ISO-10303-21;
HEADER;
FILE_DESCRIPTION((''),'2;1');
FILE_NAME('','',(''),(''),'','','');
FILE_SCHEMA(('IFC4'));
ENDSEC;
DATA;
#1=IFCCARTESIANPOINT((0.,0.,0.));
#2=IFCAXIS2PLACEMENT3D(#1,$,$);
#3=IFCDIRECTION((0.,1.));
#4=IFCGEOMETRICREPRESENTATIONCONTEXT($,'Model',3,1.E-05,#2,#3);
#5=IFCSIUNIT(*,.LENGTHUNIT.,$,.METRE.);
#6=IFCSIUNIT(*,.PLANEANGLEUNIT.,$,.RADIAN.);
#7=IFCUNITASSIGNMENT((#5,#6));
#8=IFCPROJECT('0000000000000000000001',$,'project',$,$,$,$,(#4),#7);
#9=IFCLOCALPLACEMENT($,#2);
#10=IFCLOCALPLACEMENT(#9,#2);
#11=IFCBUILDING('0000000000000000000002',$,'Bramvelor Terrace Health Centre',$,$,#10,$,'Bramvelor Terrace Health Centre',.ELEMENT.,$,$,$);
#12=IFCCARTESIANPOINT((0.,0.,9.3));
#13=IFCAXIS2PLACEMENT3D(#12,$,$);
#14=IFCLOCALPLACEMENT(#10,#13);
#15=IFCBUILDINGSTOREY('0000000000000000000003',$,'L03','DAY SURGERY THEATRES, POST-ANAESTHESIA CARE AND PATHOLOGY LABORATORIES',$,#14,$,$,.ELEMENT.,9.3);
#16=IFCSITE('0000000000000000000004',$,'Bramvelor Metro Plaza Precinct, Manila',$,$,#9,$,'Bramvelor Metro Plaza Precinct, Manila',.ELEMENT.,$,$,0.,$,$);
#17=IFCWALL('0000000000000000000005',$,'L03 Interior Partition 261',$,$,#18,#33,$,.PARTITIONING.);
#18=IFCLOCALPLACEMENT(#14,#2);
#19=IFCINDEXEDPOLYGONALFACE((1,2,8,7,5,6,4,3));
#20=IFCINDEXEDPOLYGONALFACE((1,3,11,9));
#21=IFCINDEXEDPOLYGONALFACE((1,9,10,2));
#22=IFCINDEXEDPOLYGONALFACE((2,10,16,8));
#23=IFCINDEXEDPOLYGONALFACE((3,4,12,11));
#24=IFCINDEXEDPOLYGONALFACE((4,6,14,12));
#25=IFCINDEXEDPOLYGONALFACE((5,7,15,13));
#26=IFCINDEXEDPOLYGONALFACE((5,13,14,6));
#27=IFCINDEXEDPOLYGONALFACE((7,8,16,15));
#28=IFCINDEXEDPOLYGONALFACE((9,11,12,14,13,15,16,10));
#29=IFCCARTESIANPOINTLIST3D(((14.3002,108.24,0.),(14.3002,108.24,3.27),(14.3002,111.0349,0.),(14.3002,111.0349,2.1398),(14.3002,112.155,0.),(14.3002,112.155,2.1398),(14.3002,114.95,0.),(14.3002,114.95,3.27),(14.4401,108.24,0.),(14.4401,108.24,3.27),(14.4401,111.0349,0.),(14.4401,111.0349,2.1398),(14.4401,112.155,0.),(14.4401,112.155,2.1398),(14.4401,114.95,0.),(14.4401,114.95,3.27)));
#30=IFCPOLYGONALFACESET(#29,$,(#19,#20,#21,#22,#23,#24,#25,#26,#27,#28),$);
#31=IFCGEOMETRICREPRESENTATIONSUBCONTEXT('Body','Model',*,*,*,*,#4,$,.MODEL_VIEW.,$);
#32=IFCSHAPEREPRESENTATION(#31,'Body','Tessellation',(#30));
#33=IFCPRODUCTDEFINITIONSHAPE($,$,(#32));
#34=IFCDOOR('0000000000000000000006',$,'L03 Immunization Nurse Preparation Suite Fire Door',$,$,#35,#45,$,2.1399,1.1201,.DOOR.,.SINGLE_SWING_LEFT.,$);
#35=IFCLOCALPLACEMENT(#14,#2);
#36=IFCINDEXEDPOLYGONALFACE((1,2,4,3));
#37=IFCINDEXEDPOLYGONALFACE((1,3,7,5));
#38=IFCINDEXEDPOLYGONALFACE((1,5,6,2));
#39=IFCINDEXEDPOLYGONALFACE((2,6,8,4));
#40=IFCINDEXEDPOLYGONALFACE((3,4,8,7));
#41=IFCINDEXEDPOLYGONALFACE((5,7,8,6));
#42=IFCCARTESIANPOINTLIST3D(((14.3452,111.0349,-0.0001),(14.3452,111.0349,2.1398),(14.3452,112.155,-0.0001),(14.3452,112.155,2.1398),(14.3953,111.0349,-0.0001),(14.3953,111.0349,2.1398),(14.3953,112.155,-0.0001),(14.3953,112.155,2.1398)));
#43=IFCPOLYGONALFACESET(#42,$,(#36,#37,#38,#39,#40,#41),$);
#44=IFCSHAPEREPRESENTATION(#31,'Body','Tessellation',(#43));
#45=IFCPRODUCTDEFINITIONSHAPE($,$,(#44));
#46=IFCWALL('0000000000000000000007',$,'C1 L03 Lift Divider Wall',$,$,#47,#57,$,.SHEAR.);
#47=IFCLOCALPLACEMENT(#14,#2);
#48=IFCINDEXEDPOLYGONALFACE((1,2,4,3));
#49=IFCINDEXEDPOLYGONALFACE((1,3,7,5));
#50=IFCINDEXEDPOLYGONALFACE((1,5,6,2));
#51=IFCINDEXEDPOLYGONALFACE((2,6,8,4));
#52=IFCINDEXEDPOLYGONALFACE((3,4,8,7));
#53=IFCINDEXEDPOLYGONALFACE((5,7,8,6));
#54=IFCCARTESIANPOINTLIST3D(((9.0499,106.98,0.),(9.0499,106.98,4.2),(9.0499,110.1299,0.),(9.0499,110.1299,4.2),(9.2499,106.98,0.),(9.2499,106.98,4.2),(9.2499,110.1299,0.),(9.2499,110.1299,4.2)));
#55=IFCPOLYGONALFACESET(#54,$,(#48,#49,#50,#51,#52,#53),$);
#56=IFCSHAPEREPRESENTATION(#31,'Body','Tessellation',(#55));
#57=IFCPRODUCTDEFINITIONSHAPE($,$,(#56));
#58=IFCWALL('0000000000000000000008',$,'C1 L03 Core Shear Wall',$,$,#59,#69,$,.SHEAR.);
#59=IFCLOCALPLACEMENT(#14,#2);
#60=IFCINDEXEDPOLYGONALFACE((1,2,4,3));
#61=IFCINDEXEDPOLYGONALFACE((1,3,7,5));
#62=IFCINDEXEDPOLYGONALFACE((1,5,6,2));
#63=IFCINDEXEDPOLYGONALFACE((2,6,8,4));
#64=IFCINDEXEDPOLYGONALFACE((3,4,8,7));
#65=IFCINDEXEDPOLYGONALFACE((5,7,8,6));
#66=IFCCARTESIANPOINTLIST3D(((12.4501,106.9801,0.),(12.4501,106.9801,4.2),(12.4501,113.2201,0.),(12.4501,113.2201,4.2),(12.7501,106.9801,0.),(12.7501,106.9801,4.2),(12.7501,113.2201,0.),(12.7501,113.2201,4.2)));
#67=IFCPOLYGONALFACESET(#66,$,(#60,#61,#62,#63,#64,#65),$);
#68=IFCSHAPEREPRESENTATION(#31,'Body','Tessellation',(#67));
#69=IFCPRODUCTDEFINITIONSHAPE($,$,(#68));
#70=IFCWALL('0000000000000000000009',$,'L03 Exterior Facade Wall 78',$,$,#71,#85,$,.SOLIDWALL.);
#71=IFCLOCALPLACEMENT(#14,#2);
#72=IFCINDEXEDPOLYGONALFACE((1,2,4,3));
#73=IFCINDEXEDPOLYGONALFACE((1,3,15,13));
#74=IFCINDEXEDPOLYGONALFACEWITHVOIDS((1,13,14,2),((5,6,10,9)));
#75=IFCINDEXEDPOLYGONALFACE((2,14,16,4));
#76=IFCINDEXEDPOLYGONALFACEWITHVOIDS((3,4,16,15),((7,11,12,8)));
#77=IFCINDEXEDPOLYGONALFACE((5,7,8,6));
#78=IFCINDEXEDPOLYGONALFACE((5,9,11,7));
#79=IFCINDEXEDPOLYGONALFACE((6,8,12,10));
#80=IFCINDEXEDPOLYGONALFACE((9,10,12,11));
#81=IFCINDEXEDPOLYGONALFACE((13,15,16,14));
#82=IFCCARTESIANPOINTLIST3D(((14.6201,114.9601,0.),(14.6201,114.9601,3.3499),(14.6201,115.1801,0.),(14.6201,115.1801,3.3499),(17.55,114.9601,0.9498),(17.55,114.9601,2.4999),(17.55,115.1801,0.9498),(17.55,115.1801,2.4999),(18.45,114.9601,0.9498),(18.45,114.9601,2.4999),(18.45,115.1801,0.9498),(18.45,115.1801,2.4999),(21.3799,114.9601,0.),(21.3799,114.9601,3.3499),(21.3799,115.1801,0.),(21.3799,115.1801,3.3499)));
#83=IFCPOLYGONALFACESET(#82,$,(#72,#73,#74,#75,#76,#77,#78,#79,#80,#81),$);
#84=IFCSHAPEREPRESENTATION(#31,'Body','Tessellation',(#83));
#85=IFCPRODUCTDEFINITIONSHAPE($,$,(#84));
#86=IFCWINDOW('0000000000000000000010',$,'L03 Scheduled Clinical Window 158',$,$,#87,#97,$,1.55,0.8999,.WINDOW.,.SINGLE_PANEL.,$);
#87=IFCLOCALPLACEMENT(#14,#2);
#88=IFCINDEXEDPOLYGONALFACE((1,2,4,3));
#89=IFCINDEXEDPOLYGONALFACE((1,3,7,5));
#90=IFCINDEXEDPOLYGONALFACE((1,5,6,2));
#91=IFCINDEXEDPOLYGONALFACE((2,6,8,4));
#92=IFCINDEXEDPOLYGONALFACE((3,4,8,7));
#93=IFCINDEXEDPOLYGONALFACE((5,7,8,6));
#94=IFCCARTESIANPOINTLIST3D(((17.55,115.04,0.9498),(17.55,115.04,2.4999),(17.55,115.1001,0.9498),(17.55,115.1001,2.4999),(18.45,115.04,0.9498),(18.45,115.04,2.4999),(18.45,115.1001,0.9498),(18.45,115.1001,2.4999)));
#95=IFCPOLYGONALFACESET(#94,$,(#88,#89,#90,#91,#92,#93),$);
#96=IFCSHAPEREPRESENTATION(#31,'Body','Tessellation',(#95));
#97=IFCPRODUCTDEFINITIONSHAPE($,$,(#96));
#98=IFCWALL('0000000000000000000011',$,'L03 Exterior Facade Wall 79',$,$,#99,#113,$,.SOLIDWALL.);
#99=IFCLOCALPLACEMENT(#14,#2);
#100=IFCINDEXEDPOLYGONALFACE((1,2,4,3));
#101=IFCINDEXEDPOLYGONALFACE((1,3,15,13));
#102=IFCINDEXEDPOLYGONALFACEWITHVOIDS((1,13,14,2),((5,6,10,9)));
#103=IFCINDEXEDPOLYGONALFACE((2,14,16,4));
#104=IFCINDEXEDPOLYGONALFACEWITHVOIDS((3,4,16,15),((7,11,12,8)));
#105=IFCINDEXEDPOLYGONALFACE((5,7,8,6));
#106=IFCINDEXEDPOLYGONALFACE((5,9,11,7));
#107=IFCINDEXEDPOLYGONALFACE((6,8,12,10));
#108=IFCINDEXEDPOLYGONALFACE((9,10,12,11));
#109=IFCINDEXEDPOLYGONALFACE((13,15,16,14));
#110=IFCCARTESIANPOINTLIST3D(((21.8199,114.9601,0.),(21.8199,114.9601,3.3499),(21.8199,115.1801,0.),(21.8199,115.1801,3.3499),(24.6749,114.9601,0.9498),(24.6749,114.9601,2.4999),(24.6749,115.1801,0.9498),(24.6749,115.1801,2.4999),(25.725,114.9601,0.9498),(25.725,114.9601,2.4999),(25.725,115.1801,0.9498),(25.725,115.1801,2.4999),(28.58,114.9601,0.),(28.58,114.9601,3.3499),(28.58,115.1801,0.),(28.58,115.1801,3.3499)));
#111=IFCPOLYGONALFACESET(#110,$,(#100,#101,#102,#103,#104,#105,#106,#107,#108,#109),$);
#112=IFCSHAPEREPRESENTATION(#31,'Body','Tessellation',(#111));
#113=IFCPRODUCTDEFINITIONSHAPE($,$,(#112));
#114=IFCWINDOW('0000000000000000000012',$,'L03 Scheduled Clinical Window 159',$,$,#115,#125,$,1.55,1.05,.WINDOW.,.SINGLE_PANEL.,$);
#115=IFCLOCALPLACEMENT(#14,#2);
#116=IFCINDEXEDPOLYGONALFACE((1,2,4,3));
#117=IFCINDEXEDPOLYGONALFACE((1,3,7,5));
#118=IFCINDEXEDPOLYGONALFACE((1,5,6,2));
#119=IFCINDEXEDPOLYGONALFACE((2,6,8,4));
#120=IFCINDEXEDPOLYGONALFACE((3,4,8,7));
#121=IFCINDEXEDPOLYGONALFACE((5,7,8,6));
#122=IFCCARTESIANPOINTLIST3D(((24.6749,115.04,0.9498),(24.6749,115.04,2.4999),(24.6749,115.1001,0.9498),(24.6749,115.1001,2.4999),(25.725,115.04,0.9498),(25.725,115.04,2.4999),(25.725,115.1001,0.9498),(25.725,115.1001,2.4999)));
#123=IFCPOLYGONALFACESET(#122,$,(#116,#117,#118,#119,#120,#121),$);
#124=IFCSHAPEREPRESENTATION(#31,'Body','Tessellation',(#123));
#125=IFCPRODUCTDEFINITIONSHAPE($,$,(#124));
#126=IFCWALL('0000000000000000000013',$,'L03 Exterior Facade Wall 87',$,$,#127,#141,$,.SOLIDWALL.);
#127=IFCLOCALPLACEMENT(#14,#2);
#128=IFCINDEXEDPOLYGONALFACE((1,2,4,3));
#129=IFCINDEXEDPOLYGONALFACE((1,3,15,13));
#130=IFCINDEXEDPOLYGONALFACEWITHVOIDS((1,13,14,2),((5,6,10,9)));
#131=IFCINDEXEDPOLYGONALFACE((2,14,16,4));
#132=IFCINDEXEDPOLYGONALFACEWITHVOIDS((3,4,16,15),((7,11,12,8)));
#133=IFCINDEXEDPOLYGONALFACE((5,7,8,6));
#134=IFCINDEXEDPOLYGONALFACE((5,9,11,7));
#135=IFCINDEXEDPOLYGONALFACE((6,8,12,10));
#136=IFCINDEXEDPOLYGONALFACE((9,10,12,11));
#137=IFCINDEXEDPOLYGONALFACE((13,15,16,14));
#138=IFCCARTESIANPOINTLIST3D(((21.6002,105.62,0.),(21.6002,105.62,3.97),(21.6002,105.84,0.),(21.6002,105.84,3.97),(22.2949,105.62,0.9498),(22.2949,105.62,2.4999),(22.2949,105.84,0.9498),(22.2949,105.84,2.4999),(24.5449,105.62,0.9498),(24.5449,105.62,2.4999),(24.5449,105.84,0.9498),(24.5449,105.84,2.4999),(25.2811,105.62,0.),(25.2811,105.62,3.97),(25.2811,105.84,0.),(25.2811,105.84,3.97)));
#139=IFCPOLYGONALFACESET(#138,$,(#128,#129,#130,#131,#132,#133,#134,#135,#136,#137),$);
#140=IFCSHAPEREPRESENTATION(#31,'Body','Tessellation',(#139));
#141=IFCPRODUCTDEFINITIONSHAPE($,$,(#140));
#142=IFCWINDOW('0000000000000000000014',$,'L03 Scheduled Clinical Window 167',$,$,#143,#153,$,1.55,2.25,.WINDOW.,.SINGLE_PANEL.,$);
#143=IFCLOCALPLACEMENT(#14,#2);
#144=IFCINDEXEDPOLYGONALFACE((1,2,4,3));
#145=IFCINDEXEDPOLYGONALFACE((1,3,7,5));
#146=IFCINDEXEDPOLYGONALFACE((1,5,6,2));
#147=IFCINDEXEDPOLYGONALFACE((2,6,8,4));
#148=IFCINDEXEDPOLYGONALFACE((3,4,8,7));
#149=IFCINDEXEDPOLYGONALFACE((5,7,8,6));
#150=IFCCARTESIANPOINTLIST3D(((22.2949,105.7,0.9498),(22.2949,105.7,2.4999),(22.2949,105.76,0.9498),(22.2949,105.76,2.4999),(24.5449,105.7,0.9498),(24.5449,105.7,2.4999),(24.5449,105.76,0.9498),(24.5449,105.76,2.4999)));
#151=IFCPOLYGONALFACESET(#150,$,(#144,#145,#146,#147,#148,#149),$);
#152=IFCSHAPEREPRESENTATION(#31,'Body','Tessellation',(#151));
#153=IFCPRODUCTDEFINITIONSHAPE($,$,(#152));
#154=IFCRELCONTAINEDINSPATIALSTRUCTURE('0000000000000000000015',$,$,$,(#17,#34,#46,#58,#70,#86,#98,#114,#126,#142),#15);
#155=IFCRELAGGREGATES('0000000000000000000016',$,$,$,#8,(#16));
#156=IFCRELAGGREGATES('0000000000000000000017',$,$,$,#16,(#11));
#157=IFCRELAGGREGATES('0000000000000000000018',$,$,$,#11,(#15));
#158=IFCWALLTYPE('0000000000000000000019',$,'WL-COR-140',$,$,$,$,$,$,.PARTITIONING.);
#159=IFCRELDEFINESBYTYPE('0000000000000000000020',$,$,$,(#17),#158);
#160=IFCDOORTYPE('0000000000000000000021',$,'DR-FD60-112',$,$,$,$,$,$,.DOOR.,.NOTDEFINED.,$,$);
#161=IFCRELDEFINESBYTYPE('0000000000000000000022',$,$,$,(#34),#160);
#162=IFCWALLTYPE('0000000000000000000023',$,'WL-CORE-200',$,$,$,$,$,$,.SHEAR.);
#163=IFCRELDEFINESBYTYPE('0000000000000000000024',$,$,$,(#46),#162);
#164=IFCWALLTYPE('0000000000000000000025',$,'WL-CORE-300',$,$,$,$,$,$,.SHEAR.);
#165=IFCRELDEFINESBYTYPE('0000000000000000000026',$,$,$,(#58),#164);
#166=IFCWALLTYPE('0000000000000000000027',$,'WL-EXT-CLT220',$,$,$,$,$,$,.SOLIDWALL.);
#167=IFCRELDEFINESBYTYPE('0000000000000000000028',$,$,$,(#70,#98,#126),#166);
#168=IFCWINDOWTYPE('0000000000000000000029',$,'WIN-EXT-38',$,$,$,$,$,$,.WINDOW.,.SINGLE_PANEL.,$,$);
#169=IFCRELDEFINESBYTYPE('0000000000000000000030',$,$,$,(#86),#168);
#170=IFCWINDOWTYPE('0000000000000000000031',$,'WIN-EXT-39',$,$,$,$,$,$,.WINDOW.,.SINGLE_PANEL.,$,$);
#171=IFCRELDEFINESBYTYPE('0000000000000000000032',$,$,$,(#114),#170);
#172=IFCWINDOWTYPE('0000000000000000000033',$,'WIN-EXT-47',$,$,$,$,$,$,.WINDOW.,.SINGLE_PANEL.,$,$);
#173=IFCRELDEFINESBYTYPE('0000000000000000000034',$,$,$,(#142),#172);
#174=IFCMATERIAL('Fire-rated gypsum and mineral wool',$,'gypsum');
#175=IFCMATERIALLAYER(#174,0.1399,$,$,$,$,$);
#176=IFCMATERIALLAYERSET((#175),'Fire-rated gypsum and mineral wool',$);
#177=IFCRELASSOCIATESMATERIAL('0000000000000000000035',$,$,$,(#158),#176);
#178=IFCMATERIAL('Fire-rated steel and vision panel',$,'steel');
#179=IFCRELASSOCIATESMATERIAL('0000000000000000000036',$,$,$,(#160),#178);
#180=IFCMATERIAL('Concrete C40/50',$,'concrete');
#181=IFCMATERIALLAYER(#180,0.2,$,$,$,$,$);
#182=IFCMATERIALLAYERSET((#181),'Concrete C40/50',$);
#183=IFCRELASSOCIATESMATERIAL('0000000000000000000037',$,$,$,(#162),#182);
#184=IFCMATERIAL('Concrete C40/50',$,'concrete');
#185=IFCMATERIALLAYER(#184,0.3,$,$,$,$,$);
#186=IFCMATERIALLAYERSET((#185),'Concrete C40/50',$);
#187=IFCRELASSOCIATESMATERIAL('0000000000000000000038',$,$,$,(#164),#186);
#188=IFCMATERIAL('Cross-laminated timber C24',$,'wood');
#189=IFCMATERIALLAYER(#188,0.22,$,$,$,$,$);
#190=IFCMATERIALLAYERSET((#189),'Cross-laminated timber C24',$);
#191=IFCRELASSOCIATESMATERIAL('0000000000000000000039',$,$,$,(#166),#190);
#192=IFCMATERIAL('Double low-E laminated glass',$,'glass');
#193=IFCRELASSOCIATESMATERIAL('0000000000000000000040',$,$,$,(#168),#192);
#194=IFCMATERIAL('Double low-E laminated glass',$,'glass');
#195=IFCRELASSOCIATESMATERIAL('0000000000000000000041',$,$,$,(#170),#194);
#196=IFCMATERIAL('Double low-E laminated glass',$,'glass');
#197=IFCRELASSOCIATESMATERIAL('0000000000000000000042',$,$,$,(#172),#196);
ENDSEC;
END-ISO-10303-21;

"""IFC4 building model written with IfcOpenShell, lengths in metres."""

from ifc_helpers import new_model, si_unit, direction, frame, frame_2d, origin, place, context, subcontext, project, spatial, rectangle, extrude, material, layer, layer_set, type_object, element, fill, save


model = new_model("IFC4")

# Units and contexts
model_context = context("Model", 3, precision=1e-05, world=origin(), true_north=direction((0.0, 1.0)))
body_context = subcontext(model_context, "Body", "Model", "MODEL_VIEW")
ifc_project = project(units=[si_unit("LENGTHUNIT", "METRE"), si_unit("PLANEANGLEUNIT", "RADIAN")], contexts=[model_context])

# Site, building, storey
site_placement = place(None, origin())
site = spatial("IfcSite", under=ifc_project, at=site_placement, Name="Bramvelor Metro Plaza Precinct, Manila", LongName="Bramvelor Metro Plaza Precinct, Manila", CompositionType="ELEMENT", RefElevation=0.0)
building_placement = place(site_placement, origin())
building = spatial("IfcBuilding", under=site, at=building_placement, Name="Bramvelor Terrace Health Centre", LongName="Bramvelor Terrace Health Centre", CompositionType="ELEMENT")
storey_placement = place(building_placement, frame((0.0, 0.0, 9.3)))
storey = spatial("IfcBuildingStorey", under=building, at=storey_placement, Name="L03", Description="DAY SURGERY THEATRES, POST-ANAESTHESIA CARE AND PATHOLOGY LABORATORIES", CompositionType="ELEMENT", Elevation=9.3)

# Shared definitions
ifc_material_1 = material(Name="Fire-rated gypsum and mineral wool", Category="gypsum")
ifc_layer_1 = layer(ifc_material_1, 0.1399)
ifc_layer_set_1 = layer_set([ifc_layer_1], Name="Fire-rated gypsum and mineral wool")
wall_type_1 = type_object("IfcWallType", Name="WL-COR-140", PredefinedType="PARTITIONING", material=ifc_layer_set_1)

# Wall, opening, door
wall_1_placement = place(storey_placement, frame((14.3701, 108.24, 0.0), z_axis=(0.0, 0.0, 1.0), x_axis=(0.0, 1.0, 0.0)))
wall_1 = element("IfcWall", 1, at=wall_1_placement, inside=storey, type_object=wall_type_1, Name="L03 Interior Partition 261", PredefinedType="PARTITIONING", context=body_context, shape_type="SweptSolid", body=[
    extrude(rectangle(XDim=6.71, YDim=0.1399, at=frame_2d((3.355, 0.0))), origin(), (0.0, 0.0, 1.0), 3.27),
])
opening_1_placement = place(wall_1_placement, frame((2.7949, 0.0, 0.0)))
opening_1 = element("IfcOpeningElement", 2, at=opening_1_placement, cuts=wall_1, PredefinedType="OPENING", context=body_context, shape_type="SweptSolid", body=[
    extrude(rectangle(XDim=1.1201, YDim=2.1399, at=frame_2d((0.5601, 1.0698))), frame((0.0, 0.0798, 0.0), z_axis=(0.0, -1.0, 0.0), x_axis=(1.0, 0.0, 0.0)), (0.0, 0.0, 1.0), 0.1599),
])
ifc_material_2 = material(Name="Fire-rated steel and vision panel", Category="steel")
door_type = type_object("IfcDoorType", Name="DR-FD60-112", OperationType="NOTDEFINED", PredefinedType="DOOR", material=ifc_material_2)
door_placement = place(opening_1_placement, origin())
door = element("IfcDoor", 3, at=door_placement, inside=storey, type_object=door_type, Name="L03 Immunization Nurse Preparation Suite Fire Door", OperationType="SINGLE_SWING_LEFT", OverallHeight=2.1399, OverallWidth=1.1201, PredefinedType="DOOR", context=body_context, shape_type="SweptSolid", body=[
    extrude(rectangle(XDim=1.1201, YDim=2.1399, at=frame_2d((0.5601, 1.0698))), frame((0.0, 0.0249, 0.0), z_axis=(0.0, -1.0, 0.0), x_axis=(1.0, 0.0, 0.0)), (0.0, 0.0, 1.0), 0.05),
])
fill(opening_1, door)

# Walls
ifc_material_3 = material(Name="Concrete C40/50", Category="concrete")
ifc_layer_2 = layer(ifc_material_3, 0.2)
ifc_layer_set_2 = layer_set([ifc_layer_2], Name="Concrete C40/50")
wall_type_2 = type_object("IfcWallType", Name="WL-CORE-200", PredefinedType="SHEAR", material=ifc_layer_set_2)
wall_2_placement = place(storey_placement, frame((9.1499, 106.98, 0.0), z_axis=(0.0, 0.0, 1.0), x_axis=(0.0, 1.0, 0.0)))
element("IfcWall", 4, at=wall_2_placement, inside=storey, type_object=wall_type_2, Name="C1 L03 Lift Divider Wall", PredefinedType="SHEAR", context=body_context, shape_type="SweptSolid", body=[
    extrude(rectangle(XDim=3.1499, YDim=0.2, at=frame_2d((1.575, 0.0))), origin(), (0.0, 0.0, 1.0), 4.2),
])
ifc_material_4 = material(Name="Concrete C40/50", Category="concrete")
ifc_layer_3 = layer(ifc_material_4, 0.3)
ifc_layer_set_3 = layer_set([ifc_layer_3], Name="Concrete C40/50")
wall_type_3 = type_object("IfcWallType", Name="WL-CORE-300", PredefinedType="SHEAR", material=ifc_layer_set_3)
wall_3_placement = place(storey_placement, frame((12.6001, 106.98, 0.0), z_axis=(0.0, 0.0, 1.0), x_axis=(0.0, 1.0, 0.0)))
element("IfcWall", 5, at=wall_3_placement, inside=storey, type_object=wall_type_3, Name="C1 L03 Core Shear Wall", PredefinedType="SHEAR", context=body_context, shape_type="SweptSolid", body=[
    extrude(rectangle(XDim=6.24, YDim=0.3, at=frame_2d((3.1201, 0.0))), origin(), (0.0, 0.0, 1.0), 4.2),
])

# Walls, openings, windows
ifc_material_5 = material(Name="Cross-laminated timber C24", Category="wood")
ifc_layer_4 = layer(ifc_material_5, 0.22)
ifc_layer_set_4 = layer_set([ifc_layer_4], Name="Cross-laminated timber C24")
wall_type_4 = type_object("IfcWallType", Name="WL-EXT-CLT220", PredefinedType="SOLIDWALL", material=ifc_layer_set_4)
wall_4_placement = place(storey_placement, frame((14.6201, 115.0701, 0.0), z_axis=(0.0, 0.0, 1.0), x_axis=(1.0, 0.0, 0.0)))
wall_4 = element("IfcWall", 6, at=wall_4_placement, inside=storey, type_object=wall_type_4, Name="L03 Exterior Facade Wall 78", PredefinedType="SOLIDWALL", context=body_context, shape_type="SweptSolid", body=[
    extrude(rectangle(XDim=6.7598, YDim=0.22, at=frame_2d((3.3799, 0.0))), origin(), (0.0, 0.0, 1.0), 3.3499),
])
opening_2_placement = place(wall_4_placement, frame((2.9299, 0.0, 0.95)))
opening_2 = element("IfcOpeningElement", 7, at=opening_2_placement, cuts=wall_4, PredefinedType="OPENING", context=body_context, shape_type="SweptSolid", body=[
    extrude(rectangle(XDim=0.8999, YDim=1.55, at=frame_2d((0.45, 0.7749))), frame((0.0, 0.1199, 0.0), z_axis=(0.0, -1.0, 0.0), x_axis=(1.0, 0.0, 0.0)), (0.0, 0.0, 1.0), 0.24),
])
ifc_material_6 = material(Name="Double low-E laminated glass", Category="glass")
window_type_1 = type_object("IfcWindowType", Name="WIN-EXT-38", PartitioningType="SINGLE_PANEL", PredefinedType="WINDOW", material=ifc_material_6)
window_1_placement = place(opening_2_placement, origin())
window_1 = element("IfcWindow", 8, at=window_1_placement, inside=storey, type_object=window_type_1, Name="L03 Scheduled Clinical Window 158", OverallHeight=1.55, OverallWidth=0.8999, PartitioningType="SINGLE_PANEL", PredefinedType="WINDOW", context=body_context, shape_type="SweptSolid", body=[
    extrude(rectangle(XDim=0.8999, YDim=1.55, at=frame_2d((0.45, 0.7749))), frame((0.0, 0.03, 0.0), z_axis=(0.0, -1.0, 0.0), x_axis=(1.0, 0.0, 0.0)), (0.0, 0.0, 1.0), 0.0601),
])
fill(opening_2, window_1)
wall_5_placement = place(storey_placement, frame((21.8201, 115.0701, 0.0), z_axis=(0.0, 0.0, 1.0), x_axis=(1.0, 0.0, 0.0)))
wall_5 = element("IfcWall", 9, at=wall_5_placement, inside=storey, type_object=wall_type_4, Name="L03 Exterior Facade Wall 79", PredefinedType="SOLIDWALL", context=body_context, shape_type="SweptSolid", body=[
    extrude(rectangle(XDim=6.76, YDim=0.22, at=frame_2d((3.3799, 0.0))), origin(), (0.0, 0.0, 1.0), 3.3499),
])
opening_3_placement = place(wall_5_placement, frame((2.855, 0.0, 0.95)))
opening_3 = element("IfcOpeningElement", 10, at=opening_3_placement, cuts=wall_5, PredefinedType="OPENING", context=body_context, shape_type="SweptSolid", body=[
    extrude(rectangle(XDim=1.05, YDim=1.55, at=frame_2d((0.5249, 0.7749))), frame((0.0, 0.1199, 0.0), z_axis=(0.0, -1.0, 0.0), x_axis=(1.0, 0.0, 0.0)), (0.0, 0.0, 1.0), 0.24),
])
ifc_material_7 = material(Name="Double low-E laminated glass", Category="glass")
window_type_2 = type_object("IfcWindowType", Name="WIN-EXT-39", PartitioningType="SINGLE_PANEL", PredefinedType="WINDOW", material=ifc_material_7)
window_2_placement = place(opening_3_placement, origin())
window_2 = element("IfcWindow", 11, at=window_2_placement, inside=storey, type_object=window_type_2, Name="L03 Scheduled Clinical Window 159", OverallHeight=1.55, OverallWidth=1.05, PartitioningType="SINGLE_PANEL", PredefinedType="WINDOW", context=body_context, shape_type="SweptSolid", body=[
    extrude(rectangle(XDim=1.05, YDim=1.55, at=frame_2d((0.5249, 0.7749))), frame((0.0, 0.03, 0.0), z_axis=(0.0, -1.0, 0.0), x_axis=(1.0, 0.0, 0.0)), (0.0, 0.0, 1.0), 0.0601),
])
fill(opening_3, window_2)
wall_6_placement = place(storey_placement, frame((25.281, 105.73, 0.0), z_axis=(0.0, 0.0, 1.0), x_axis=(-1.0, 0.0, 0.0)))
wall_6 = element("IfcWall", 12, at=wall_6_placement, inside=storey, type_object=wall_type_4, Name="L03 Exterior Facade Wall 87", PredefinedType="SOLIDWALL", context=body_context, shape_type="SweptSolid", body=[
    extrude(rectangle(XDim=3.6809, YDim=0.22, at=frame_2d((1.8403, 0.0))), origin(), (0.0, 0.0, 1.0), 3.97),
])
opening_4_placement = place(wall_6_placement, frame((0.7361, 0.0, 0.95)))
opening_4 = element("IfcOpeningElement", 13, at=opening_4_placement, cuts=wall_6, PredefinedType="OPENING", context=body_context, shape_type="SweptSolid", body=[
    extrude(rectangle(XDim=2.25, YDim=1.55, at=frame_2d((1.125, 0.7749))), frame((0.0, 0.1199, 0.0), z_axis=(0.0, -1.0, 0.0), x_axis=(1.0, 0.0, 0.0)), (0.0, 0.0, 1.0), 0.24),
])
ifc_material_8 = material(Name="Double low-E laminated glass", Category="glass")
window_type_3 = type_object("IfcWindowType", Name="WIN-EXT-47", PartitioningType="SINGLE_PANEL", PredefinedType="WINDOW", material=ifc_material_8)
window_3_placement = place(opening_4_placement, origin())
window_3 = element("IfcWindow", 14, at=window_3_placement, inside=storey, type_object=window_type_3, Name="L03 Scheduled Clinical Window 167", OverallHeight=1.55, OverallWidth=2.25, PartitioningType="SINGLE_PANEL", PredefinedType="WINDOW", context=body_context, shape_type="SweptSolid", body=[
    extrude(rectangle(XDim=2.25, YDim=1.55, at=frame_2d((1.125, 0.7749))), frame((0.0, 0.03, 0.0), z_axis=(0.0, -1.0, 0.0), x_axis=(1.0, 0.0, 0.0)), (0.0, 0.0, 1.0), 0.0601),
])
fill(opening_4, window_3)

save(model, "model.ifc")
